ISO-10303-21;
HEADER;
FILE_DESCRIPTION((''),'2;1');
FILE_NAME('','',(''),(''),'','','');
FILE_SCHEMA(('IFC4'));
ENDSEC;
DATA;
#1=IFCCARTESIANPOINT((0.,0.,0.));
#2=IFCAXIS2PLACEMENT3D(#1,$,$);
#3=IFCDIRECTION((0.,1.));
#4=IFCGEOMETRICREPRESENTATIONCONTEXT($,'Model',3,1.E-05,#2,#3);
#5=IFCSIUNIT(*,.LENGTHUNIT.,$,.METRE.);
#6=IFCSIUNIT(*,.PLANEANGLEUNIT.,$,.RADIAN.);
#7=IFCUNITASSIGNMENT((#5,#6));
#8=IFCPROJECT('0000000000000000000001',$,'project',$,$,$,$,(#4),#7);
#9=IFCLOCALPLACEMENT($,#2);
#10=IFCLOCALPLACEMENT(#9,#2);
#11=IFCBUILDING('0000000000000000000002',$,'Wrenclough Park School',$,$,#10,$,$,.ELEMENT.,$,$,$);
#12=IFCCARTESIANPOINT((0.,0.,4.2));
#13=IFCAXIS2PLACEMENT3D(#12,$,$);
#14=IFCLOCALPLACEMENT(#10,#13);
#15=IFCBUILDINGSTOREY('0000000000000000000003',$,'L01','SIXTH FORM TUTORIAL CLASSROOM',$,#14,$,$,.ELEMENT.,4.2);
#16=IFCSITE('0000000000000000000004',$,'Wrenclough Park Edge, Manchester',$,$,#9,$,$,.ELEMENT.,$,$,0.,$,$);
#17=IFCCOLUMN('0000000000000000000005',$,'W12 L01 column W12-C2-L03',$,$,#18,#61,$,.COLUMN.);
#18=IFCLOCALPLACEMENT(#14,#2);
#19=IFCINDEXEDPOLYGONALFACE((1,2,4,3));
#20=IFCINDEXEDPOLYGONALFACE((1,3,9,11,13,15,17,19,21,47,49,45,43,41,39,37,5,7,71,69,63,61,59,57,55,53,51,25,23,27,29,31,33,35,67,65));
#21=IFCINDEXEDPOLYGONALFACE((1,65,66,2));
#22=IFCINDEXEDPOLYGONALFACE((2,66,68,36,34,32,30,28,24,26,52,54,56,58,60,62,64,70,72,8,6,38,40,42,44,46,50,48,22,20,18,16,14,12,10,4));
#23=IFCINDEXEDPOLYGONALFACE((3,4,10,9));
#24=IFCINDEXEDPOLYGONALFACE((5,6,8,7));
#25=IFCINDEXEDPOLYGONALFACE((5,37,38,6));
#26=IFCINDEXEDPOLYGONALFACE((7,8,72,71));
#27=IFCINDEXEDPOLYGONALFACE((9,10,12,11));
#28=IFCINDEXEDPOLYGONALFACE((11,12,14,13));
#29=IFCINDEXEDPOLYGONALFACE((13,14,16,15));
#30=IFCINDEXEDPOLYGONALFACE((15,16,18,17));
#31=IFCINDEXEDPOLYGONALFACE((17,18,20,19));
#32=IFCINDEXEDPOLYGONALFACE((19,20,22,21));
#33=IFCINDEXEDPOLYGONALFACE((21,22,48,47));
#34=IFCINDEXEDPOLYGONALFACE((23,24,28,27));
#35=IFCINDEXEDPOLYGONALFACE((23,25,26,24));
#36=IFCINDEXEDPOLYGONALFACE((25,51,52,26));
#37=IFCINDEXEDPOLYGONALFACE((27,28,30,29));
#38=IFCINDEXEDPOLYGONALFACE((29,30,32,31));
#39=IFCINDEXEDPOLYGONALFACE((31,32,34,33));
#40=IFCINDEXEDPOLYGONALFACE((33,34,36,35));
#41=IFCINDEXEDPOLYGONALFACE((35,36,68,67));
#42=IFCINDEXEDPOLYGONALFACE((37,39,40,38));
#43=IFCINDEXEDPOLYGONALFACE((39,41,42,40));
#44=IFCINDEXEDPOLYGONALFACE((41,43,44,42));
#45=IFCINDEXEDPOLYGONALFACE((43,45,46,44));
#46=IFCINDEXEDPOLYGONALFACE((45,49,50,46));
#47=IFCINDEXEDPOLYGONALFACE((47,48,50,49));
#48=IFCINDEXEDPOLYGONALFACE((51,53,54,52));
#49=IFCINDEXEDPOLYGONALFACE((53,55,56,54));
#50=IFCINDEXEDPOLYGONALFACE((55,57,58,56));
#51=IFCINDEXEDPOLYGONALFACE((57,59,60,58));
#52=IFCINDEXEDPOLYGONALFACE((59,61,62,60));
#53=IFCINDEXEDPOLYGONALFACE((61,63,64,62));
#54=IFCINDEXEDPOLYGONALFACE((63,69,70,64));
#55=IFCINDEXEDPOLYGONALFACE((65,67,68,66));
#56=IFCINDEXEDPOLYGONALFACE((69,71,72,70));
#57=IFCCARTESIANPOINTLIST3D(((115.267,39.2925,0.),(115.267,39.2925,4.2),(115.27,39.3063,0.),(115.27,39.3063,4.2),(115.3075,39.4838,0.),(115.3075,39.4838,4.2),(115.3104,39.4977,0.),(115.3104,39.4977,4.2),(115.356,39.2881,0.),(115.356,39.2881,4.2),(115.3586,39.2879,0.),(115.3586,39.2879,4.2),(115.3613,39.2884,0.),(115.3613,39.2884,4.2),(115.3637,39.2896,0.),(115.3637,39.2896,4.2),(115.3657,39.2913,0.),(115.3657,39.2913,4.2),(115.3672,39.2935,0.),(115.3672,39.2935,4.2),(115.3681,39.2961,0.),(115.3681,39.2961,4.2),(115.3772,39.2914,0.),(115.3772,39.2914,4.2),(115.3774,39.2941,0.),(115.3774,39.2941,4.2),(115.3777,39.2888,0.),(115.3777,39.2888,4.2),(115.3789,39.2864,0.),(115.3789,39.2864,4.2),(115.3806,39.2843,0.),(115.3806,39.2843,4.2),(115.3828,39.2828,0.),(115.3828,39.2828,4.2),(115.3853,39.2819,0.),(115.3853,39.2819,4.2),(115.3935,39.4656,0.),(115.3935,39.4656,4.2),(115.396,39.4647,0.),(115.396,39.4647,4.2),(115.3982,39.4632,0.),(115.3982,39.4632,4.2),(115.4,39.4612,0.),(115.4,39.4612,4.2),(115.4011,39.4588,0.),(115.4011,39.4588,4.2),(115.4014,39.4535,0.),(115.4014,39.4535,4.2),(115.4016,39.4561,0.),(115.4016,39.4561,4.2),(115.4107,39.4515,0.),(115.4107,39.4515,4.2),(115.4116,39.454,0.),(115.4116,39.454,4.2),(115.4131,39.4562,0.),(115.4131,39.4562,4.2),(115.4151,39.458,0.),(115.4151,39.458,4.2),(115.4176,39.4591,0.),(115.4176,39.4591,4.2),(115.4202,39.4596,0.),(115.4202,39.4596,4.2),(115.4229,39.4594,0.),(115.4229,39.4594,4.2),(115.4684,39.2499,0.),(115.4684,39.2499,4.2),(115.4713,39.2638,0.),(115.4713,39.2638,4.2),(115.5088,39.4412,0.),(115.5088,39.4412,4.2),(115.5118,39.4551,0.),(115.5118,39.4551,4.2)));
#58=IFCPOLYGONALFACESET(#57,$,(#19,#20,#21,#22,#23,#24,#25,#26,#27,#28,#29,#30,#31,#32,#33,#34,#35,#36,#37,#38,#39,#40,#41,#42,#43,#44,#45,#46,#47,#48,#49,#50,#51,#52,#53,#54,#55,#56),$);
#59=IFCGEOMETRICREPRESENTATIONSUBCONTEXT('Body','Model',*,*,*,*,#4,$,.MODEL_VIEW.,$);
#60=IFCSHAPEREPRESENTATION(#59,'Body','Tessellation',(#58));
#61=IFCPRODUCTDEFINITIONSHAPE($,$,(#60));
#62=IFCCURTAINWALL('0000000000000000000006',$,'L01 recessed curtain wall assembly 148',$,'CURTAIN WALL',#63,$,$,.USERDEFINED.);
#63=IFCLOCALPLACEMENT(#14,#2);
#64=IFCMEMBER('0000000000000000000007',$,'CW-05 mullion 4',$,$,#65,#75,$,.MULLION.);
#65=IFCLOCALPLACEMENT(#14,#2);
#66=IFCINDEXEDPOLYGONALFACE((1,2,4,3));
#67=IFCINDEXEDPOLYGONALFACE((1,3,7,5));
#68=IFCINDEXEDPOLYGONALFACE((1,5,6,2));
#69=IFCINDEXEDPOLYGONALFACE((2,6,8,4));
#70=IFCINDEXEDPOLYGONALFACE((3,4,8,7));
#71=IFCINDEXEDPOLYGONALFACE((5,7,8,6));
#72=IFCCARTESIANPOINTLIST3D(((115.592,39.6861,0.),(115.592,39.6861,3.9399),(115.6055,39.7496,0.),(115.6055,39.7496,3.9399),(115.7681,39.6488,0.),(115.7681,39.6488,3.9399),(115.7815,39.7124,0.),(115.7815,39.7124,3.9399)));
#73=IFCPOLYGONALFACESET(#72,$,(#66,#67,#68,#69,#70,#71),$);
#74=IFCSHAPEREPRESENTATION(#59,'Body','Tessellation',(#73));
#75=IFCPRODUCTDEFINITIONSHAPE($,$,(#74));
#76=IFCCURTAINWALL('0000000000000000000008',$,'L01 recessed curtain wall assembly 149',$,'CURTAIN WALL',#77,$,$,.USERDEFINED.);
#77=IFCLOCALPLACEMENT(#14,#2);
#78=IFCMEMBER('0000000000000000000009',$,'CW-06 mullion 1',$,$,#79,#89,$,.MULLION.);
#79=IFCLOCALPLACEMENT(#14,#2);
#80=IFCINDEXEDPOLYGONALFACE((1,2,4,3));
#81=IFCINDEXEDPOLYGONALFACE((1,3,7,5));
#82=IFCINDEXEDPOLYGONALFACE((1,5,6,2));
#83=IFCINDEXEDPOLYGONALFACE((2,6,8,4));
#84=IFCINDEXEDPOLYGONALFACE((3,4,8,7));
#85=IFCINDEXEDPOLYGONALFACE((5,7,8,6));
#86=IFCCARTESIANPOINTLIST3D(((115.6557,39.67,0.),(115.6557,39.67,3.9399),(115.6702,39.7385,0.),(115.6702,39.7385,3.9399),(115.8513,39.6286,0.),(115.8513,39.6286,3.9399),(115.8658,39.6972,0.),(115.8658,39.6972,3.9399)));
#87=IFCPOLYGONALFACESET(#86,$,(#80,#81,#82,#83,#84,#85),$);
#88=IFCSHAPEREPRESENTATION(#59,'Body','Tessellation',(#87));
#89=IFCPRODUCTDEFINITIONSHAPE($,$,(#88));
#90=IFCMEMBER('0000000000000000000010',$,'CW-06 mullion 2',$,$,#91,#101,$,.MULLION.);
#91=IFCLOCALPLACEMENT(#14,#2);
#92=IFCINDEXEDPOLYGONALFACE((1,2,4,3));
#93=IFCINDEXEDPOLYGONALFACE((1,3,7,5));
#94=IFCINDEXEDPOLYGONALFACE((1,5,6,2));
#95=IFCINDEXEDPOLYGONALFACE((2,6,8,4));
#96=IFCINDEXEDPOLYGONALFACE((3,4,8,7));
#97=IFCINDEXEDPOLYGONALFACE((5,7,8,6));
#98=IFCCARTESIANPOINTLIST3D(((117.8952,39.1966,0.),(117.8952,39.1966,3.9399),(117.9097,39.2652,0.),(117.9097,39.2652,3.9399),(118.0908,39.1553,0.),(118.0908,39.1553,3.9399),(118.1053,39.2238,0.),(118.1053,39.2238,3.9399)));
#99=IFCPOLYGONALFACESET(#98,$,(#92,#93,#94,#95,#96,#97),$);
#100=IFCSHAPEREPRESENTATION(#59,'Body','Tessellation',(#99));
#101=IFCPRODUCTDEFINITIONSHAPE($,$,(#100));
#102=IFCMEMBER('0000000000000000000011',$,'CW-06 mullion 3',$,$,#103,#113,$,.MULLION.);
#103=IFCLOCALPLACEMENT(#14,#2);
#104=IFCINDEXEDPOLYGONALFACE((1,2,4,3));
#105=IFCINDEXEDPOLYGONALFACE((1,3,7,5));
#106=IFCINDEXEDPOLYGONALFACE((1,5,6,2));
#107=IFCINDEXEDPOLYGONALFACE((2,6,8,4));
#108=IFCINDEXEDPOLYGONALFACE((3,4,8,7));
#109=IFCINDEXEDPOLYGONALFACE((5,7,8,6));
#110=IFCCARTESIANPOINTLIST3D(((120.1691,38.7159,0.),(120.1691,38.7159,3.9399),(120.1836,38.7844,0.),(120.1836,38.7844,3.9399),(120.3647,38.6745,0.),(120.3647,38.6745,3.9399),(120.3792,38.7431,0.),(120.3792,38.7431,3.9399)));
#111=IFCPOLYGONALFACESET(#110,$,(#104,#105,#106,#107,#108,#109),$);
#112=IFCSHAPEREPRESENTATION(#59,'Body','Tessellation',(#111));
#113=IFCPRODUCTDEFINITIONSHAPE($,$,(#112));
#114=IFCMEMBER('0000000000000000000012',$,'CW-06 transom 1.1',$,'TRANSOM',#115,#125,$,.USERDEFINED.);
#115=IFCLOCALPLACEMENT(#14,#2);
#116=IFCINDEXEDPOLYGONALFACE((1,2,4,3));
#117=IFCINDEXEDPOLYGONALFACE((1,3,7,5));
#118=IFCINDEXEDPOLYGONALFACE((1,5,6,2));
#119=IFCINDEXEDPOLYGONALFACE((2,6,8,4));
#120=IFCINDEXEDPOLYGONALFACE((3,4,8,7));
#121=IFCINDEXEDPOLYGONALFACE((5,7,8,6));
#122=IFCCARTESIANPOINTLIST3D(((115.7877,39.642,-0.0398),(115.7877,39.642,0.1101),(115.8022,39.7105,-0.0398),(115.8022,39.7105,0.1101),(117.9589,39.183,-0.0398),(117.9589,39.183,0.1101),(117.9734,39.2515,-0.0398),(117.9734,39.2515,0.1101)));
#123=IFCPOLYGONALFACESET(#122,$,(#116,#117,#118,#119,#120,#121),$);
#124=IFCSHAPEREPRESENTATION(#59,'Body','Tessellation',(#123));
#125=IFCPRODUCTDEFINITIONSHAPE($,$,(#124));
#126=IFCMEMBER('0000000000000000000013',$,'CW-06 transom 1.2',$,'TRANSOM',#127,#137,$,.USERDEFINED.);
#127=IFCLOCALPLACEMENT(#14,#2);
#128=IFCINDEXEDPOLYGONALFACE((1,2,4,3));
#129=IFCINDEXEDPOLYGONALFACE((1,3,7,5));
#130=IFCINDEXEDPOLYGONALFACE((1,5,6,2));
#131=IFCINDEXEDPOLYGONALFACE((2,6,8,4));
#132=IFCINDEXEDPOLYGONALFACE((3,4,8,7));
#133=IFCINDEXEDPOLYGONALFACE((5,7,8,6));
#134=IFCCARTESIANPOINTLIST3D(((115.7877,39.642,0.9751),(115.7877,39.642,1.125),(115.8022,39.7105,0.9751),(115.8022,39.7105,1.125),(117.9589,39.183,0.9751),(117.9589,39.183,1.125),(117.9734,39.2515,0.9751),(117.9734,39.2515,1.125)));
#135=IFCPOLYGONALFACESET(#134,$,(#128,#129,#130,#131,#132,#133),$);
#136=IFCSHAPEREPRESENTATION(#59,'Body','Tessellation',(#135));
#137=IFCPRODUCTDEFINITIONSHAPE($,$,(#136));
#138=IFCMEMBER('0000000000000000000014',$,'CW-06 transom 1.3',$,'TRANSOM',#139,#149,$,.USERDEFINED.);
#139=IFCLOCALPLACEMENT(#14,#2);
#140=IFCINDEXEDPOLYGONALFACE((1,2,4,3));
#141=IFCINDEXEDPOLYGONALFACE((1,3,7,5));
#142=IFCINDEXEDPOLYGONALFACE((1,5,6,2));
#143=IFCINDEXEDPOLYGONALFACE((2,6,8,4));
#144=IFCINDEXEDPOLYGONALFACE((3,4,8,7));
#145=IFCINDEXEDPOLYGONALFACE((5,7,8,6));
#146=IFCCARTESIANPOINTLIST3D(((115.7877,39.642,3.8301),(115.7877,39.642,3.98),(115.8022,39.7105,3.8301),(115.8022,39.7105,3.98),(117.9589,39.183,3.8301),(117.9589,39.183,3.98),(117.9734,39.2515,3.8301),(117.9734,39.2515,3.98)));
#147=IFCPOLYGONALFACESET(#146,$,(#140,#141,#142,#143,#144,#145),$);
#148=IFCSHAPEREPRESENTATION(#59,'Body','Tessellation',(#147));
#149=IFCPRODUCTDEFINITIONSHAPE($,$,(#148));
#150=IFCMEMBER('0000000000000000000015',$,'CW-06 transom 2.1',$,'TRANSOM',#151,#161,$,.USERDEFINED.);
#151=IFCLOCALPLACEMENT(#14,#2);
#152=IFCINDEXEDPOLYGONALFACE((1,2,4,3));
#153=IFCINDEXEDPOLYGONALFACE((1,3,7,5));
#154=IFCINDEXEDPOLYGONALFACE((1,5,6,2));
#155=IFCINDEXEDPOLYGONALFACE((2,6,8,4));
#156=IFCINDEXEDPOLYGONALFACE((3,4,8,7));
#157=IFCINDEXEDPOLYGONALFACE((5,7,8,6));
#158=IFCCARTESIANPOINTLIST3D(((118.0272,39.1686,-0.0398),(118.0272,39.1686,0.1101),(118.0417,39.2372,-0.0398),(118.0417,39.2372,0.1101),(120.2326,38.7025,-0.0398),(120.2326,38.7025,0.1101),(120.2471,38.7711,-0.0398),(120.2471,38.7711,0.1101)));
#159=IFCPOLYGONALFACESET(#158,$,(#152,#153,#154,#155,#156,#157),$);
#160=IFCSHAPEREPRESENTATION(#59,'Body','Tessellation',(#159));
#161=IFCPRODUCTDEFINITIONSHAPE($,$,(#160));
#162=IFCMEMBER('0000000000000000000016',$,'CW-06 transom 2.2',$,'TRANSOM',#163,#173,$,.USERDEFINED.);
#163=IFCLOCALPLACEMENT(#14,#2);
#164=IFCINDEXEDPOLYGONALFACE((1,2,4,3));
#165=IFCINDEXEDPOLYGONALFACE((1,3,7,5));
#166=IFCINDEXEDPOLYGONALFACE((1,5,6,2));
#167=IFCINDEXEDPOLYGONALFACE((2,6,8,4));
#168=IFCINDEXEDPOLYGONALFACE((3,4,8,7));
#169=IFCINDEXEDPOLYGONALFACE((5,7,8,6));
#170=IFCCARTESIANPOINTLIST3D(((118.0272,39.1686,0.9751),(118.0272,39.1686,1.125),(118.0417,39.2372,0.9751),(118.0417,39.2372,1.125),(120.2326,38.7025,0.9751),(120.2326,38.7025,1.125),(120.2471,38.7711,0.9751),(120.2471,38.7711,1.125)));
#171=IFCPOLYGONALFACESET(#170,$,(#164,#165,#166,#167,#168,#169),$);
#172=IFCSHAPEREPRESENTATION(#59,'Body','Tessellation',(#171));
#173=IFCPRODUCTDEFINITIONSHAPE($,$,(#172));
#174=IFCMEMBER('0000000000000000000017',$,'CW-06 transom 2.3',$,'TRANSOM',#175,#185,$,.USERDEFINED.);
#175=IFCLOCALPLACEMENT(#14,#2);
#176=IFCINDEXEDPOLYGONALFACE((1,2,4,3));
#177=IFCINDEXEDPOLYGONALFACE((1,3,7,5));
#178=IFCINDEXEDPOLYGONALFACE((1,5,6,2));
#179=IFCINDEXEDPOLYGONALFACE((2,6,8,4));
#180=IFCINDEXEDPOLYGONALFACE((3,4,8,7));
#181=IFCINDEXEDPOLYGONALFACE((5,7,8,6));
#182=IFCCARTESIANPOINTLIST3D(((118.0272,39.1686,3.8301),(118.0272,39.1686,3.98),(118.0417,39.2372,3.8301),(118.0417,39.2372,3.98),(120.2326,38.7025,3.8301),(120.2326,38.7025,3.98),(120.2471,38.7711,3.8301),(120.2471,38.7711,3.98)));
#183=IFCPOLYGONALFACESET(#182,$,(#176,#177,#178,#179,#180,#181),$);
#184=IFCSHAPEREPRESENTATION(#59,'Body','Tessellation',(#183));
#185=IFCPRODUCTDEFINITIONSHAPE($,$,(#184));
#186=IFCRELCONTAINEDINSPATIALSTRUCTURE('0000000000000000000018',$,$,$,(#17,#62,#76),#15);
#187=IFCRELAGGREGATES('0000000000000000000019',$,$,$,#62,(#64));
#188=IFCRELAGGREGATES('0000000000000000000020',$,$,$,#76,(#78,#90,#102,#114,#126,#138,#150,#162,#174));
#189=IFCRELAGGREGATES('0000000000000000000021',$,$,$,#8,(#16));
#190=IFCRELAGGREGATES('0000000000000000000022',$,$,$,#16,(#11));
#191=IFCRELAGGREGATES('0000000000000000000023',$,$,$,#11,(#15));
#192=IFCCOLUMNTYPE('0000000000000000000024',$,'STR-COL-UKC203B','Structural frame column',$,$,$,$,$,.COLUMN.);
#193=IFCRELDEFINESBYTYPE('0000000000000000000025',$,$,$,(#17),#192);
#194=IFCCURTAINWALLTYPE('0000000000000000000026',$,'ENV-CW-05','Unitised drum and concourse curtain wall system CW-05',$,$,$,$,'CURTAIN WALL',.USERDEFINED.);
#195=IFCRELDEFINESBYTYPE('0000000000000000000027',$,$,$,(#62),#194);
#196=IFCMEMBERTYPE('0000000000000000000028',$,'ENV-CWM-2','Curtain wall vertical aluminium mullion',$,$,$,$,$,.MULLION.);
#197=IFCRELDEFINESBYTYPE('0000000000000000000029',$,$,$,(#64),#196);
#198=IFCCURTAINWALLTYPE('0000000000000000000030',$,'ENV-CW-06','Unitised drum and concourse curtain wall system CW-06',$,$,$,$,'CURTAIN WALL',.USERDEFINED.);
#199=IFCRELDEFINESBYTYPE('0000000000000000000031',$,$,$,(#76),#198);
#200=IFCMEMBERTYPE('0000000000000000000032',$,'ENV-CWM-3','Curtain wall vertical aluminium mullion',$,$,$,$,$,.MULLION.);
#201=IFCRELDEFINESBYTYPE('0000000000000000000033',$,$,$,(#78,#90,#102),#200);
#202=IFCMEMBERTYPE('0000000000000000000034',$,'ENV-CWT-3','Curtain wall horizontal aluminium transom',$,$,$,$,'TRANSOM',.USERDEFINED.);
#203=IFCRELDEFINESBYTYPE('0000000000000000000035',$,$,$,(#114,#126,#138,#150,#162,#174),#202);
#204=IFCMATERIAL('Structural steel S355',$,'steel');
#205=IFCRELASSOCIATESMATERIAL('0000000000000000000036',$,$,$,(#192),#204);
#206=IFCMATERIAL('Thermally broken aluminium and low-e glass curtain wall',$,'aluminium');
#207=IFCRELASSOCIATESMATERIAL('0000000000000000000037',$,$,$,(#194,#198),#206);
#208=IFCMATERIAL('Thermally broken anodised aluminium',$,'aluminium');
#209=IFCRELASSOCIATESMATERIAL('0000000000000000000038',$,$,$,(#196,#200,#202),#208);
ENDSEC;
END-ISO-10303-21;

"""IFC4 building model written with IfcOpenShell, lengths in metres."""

from ifc_helpers import new_model, si_unit, direction, frame, origin, origin_2d, place, context, subcontext, project, spatial, rectangle, i_section, extrude, material, material_profile, profile_set, type_object, element, aggregate, save


model = new_model("IFC4")

# Units and contexts
model_context = context("Model", 3, precision=1e-05, world=origin(), true_north=direction((0.0, 1.0)))
body_context = subcontext(model_context, "Body", "Model", "MODEL_VIEW")
ifc_project = project(units=[si_unit("LENGTHUNIT", "METRE"), si_unit("PLANEANGLEUNIT", "RADIAN")], contexts=[model_context])

# Site, building, storey
site_placement = place(None, origin())
site = spatial("IfcSite", under=ifc_project, at=site_placement, Name="Wrenclough Park Edge, Manchester", CompositionType="ELEMENT", RefElevation=0.0)
building_placement = place(site_placement, origin())
building = spatial("IfcBuilding", under=site, at=building_placement, Name="Wrenclough Park School", CompositionType="ELEMENT")
storey_placement = place(building_placement, frame((0.0, 0.0, 4.2)))
storey = spatial("IfcBuildingStorey", under=building, at=storey_placement, Name="L01", Description="SIXTH FORM TUTORIAL CLASSROOM", CompositionType="ELEMENT", Elevation=4.2)

# Column
ifc_material_1 = material(Name="Structural steel S355", Category="steel")
ifc_material_profile_1 = material_profile(ifc_material_1, i_section(OverallWidth=0.2058, OverallDepth=0.2097, WebThickness=0.0095, FlangeThickness=0.0142, FilletRadius=0.0103, at=origin_2d()), Name="UKC 203x203x60")
ifc_profile_set_1 = profile_set([ifc_material_profile_1], Name="Structural steel S355")
column_type = type_object("IfcColumnType", Name="STR-COL-UKC203B", Description="Structural frame column", PredefinedType="COLUMN", material=ifc_profile_set_1)
column_placement = place(storey_placement, frame((115.3894, 39.3738, 0.0), z_axis=(0.0, 0.0, 1.0), x_axis=(0.978365, -0.206887, 0.0)))
element("IfcColumn", 1, at=column_placement, inside=storey, type_object=column_type, Name="W12 L01 column W12-C2-L03", PredefinedType="COLUMN", context=body_context, shape_type="SweptSolid", body=[
    extrude(i_section(OverallWidth=0.2058, OverallDepth=0.2097, WebThickness=0.0095, FlangeThickness=0.0142, FilletRadius=0.0103, at=origin_2d()), origin(), (0.0, 0.0, 1.0), 4.2),
])

# Curtain wall, member
ifc_material_2 = material(Name="Thermally broken aluminium and low-e glass curtain wall", Category="aluminium")
curtain_wall_type_1 = type_object("IfcCurtainWallType", Name="ENV-CW-05", Description="Unitised drum and concourse curtain wall system CW-05", ElementType="CURTAIN WALL", PredefinedType="USERDEFINED", material=ifc_material_2)
curtain_wall_1_placement = place(storey_placement, origin())
curtain_wall_1 = element("IfcCurtainWall", 2, at=curtain_wall_1_placement, inside=storey, type_object=curtain_wall_type_1, Name="L01 recessed curtain wall assembly 148", ObjectType="CURTAIN WALL", PredefinedType="USERDEFINED")
ifc_material_3 = material(Name="Thermally broken anodised aluminium", Category="aluminium")
ifc_material_profile_2 = material_profile(ifc_material_3, rectangle(XDim=0.0649, YDim=0.1799, at=origin_2d()), Name="AL MULLION 65x180")
ifc_profile_set_2 = profile_set([ifc_material_profile_2], Name="Thermally broken anodised aluminium")
member_type_1 = type_object("IfcMemberType", Name="ENV-CWM-2", Description="Curtain wall vertical aluminium mullion", PredefinedType="MULLION", material=ifc_profile_set_2)
member_1_placement = place(storey_placement, frame((115.6868, 39.6992, 0.0), z_axis=(0.0, 0.0, 1.0), x_axis=(0.20682, 0.978379, 0.0)))
member_1 = element("IfcMember", 3, at=member_1_placement, type_object=member_type_1, Name="CW-05 mullion 4", PredefinedType="MULLION", context=body_context, shape_type="SweptSolid", body=[
    extrude(rectangle(XDim=0.0649, YDim=0.1799, at=origin_2d()), origin(), (0.0, 0.0, 1.0), 3.9399),
])

# Curtain wall, members
curtain_wall_type_2 = type_object("IfcCurtainWallType", Name="ENV-CW-06", Description="Unitised drum and concourse curtain wall system CW-06", ElementType="CURTAIN WALL", PredefinedType="USERDEFINED", material=ifc_material_2)
curtain_wall_2_placement = place(storey_placement, origin())
curtain_wall_2 = element("IfcCurtainWall", 4, at=curtain_wall_2_placement, inside=storey, type_object=curtain_wall_type_2, Name="L01 recessed curtain wall assembly 149", ObjectType="CURTAIN WALL", PredefinedType="USERDEFINED")
ifc_material_profile_3 = material_profile(ifc_material_3, rectangle(XDim=0.0701, YDim=0.2, at=origin_2d()), Name="AL MULLION 70x200")
ifc_profile_set_3 = profile_set([ifc_material_profile_3], Name="Thermally broken anodised aluminium")
member_type_2 = type_object("IfcMemberType", Name="ENV-CWM-3", Description="Curtain wall vertical aluminium mullion", PredefinedType="MULLION", material=ifc_profile_set_3)
member_2_placement = place(storey_placement, frame((115.7607, 39.6836, 0.0), z_axis=(0.0, 0.0, 1.0), x_axis=(0.206806, 0.978382, 0.0)))
member_2 = element("IfcMember", 5, at=member_2_placement, type_object=member_type_2, Name="CW-06 mullion 1", PredefinedType="MULLION", context=body_context, shape_type="SweptSolid", body=[
    extrude(rectangle(XDim=0.0701, YDim=0.2, at=origin_2d()), origin(), (0.0, 0.0, 1.0), 3.9399),
])
member_3_placement = place(storey_placement, frame((118.0002, 39.2102, 0.0), z_axis=(0.0, 0.0, 1.0), x_axis=(0.206806, 0.978382, 0.0)))
member_3 = element("IfcMember", 6, at=member_3_placement, type_object=member_type_2, Name="CW-06 mullion 2", PredefinedType="MULLION", context=body_context, shape_type="SweptSolid", body=[
    extrude(rectangle(XDim=0.0701, YDim=0.2, at=origin_2d()), origin(), (0.0, 0.0, 1.0), 3.9399),
])
member_4_placement = place(storey_placement, frame((120.2742, 38.7295, 0.0), z_axis=(0.0, 0.0, 1.0), x_axis=(0.206806, 0.978382, 0.0)))
member_4 = element("IfcMember", 7, at=member_4_placement, type_object=member_type_2, Name="CW-06 mullion 3", PredefinedType="MULLION", context=body_context, shape_type="SweptSolid", body=[
    extrude(rectangle(XDim=0.0701, YDim=0.2, at=origin_2d()), origin(), (0.0, 0.0, 1.0), 3.9399),
])
ifc_material_profile_4 = material_profile(ifc_material_3, rectangle(XDim=0.0701, YDim=0.1499, at=origin_2d()), Name="AL TRANSOM 70x150")
ifc_profile_set_4 = profile_set([ifc_material_profile_4], Name="Thermally broken anodised aluminium")
member_type_3 = type_object("IfcMemberType", Name="ENV-CWT-3", Description="Curtain wall horizontal aluminium transom", ElementType="TRANSOM", PredefinedType="USERDEFINED", material=ifc_profile_set_4)
member_5_placement = place(storey_placement, frame((115.7949, 39.6763, 0.0352), z_axis=(0.978377, -0.206831, 0.0), x_axis=(0.206831, 0.978377, 0.0)))
member_5 = element("IfcMember", 8, at=member_5_placement, type_object=member_type_3, Name="CW-06 transom 1.1", ObjectType="TRANSOM", PredefinedType="USERDEFINED", context=body_context, shape_type="SweptSolid", body=[
    extrude(rectangle(XDim=0.0701, YDim=0.1499, at=origin_2d()), origin(), (0.0, 0.0, 1.0), 2.2192),
])
member_6_placement = place(storey_placement, frame((115.7949, 39.6763, 1.05), z_axis=(0.978377, -0.206831, 0.0), x_axis=(0.206831, 0.978377, 0.0)))
member_6 = element("IfcMember", 9, at=member_6_placement, type_object=member_type_3, Name="CW-06 transom 1.2", ObjectType="TRANSOM", PredefinedType="USERDEFINED", context=body_context, shape_type="SweptSolid", body=[
    extrude(rectangle(XDim=0.0701, YDim=0.1499, at=origin_2d()), origin(), (0.0, 0.0, 1.0), 2.2192),
])
member_7_placement = place(storey_placement, frame((115.7949, 39.6763, 3.905), z_axis=(0.978377, -0.206831, 0.0), x_axis=(0.206831, 0.978377, 0.0)))
member_7 = element("IfcMember", 10, at=member_7_placement, type_object=member_type_3, Name="CW-06 transom 1.3", ObjectType="TRANSOM", PredefinedType="USERDEFINED", context=body_context, shape_type="SweptSolid", body=[
    extrude(rectangle(XDim=0.0701, YDim=0.1499, at=origin_2d()), origin(), (0.0, 0.0, 1.0), 2.2192),
])
member_8_placement = place(storey_placement, frame((118.0344, 39.2029, 0.0352), z_axis=(0.97839, -0.206769, 0.0), x_axis=(0.206769, 0.97839, 0.0)))
member_8 = element("IfcMember", 11, at=member_8_placement, type_object=member_type_3, Name="CW-06 transom 2.1", ObjectType="TRANSOM", PredefinedType="USERDEFINED", context=body_context, shape_type="SweptSolid", body=[
    extrude(rectangle(XDim=0.0701, YDim=0.1499, at=origin_2d()), origin(), (0.0, 0.0, 1.0), 2.2542),
])
member_9_placement = place(storey_placement, frame((118.0344, 39.2029, 1.05), z_axis=(0.97839, -0.206769, 0.0), x_axis=(0.206769, 0.97839, 0.0)))
member_9 = element("IfcMember", 12, at=member_9_placement, type_object=member_type_3, Name="CW-06 transom 2.2", ObjectType="TRANSOM", PredefinedType="USERDEFINED", context=body_context, shape_type="SweptSolid", body=[
    extrude(rectangle(XDim=0.0701, YDim=0.1499, at=origin_2d()), origin(), (0.0, 0.0, 1.0), 2.2542),
])
member_10_placement = place(storey_placement, frame((118.0344, 39.2029, 3.905), z_axis=(0.97839, -0.206769, 0.0), x_axis=(0.206769, 0.97839, 0.0)))
member_10 = element("IfcMember", 13, at=member_10_placement, type_object=member_type_3, Name="CW-06 transom 2.3", ObjectType="TRANSOM", PredefinedType="USERDEFINED", context=body_context, shape_type="SweptSolid", body=[
    extrude(rectangle(XDim=0.0701, YDim=0.1499, at=origin_2d()), origin(), (0.0, 0.0, 1.0), 2.2542),
])

aggregate(curtain_wall_1, [member_1])
aggregate(curtain_wall_2, [member_2, member_3, member_4, member_5, member_6, member_7, member_8, member_9, member_10])

save(model, "model.ifc")
